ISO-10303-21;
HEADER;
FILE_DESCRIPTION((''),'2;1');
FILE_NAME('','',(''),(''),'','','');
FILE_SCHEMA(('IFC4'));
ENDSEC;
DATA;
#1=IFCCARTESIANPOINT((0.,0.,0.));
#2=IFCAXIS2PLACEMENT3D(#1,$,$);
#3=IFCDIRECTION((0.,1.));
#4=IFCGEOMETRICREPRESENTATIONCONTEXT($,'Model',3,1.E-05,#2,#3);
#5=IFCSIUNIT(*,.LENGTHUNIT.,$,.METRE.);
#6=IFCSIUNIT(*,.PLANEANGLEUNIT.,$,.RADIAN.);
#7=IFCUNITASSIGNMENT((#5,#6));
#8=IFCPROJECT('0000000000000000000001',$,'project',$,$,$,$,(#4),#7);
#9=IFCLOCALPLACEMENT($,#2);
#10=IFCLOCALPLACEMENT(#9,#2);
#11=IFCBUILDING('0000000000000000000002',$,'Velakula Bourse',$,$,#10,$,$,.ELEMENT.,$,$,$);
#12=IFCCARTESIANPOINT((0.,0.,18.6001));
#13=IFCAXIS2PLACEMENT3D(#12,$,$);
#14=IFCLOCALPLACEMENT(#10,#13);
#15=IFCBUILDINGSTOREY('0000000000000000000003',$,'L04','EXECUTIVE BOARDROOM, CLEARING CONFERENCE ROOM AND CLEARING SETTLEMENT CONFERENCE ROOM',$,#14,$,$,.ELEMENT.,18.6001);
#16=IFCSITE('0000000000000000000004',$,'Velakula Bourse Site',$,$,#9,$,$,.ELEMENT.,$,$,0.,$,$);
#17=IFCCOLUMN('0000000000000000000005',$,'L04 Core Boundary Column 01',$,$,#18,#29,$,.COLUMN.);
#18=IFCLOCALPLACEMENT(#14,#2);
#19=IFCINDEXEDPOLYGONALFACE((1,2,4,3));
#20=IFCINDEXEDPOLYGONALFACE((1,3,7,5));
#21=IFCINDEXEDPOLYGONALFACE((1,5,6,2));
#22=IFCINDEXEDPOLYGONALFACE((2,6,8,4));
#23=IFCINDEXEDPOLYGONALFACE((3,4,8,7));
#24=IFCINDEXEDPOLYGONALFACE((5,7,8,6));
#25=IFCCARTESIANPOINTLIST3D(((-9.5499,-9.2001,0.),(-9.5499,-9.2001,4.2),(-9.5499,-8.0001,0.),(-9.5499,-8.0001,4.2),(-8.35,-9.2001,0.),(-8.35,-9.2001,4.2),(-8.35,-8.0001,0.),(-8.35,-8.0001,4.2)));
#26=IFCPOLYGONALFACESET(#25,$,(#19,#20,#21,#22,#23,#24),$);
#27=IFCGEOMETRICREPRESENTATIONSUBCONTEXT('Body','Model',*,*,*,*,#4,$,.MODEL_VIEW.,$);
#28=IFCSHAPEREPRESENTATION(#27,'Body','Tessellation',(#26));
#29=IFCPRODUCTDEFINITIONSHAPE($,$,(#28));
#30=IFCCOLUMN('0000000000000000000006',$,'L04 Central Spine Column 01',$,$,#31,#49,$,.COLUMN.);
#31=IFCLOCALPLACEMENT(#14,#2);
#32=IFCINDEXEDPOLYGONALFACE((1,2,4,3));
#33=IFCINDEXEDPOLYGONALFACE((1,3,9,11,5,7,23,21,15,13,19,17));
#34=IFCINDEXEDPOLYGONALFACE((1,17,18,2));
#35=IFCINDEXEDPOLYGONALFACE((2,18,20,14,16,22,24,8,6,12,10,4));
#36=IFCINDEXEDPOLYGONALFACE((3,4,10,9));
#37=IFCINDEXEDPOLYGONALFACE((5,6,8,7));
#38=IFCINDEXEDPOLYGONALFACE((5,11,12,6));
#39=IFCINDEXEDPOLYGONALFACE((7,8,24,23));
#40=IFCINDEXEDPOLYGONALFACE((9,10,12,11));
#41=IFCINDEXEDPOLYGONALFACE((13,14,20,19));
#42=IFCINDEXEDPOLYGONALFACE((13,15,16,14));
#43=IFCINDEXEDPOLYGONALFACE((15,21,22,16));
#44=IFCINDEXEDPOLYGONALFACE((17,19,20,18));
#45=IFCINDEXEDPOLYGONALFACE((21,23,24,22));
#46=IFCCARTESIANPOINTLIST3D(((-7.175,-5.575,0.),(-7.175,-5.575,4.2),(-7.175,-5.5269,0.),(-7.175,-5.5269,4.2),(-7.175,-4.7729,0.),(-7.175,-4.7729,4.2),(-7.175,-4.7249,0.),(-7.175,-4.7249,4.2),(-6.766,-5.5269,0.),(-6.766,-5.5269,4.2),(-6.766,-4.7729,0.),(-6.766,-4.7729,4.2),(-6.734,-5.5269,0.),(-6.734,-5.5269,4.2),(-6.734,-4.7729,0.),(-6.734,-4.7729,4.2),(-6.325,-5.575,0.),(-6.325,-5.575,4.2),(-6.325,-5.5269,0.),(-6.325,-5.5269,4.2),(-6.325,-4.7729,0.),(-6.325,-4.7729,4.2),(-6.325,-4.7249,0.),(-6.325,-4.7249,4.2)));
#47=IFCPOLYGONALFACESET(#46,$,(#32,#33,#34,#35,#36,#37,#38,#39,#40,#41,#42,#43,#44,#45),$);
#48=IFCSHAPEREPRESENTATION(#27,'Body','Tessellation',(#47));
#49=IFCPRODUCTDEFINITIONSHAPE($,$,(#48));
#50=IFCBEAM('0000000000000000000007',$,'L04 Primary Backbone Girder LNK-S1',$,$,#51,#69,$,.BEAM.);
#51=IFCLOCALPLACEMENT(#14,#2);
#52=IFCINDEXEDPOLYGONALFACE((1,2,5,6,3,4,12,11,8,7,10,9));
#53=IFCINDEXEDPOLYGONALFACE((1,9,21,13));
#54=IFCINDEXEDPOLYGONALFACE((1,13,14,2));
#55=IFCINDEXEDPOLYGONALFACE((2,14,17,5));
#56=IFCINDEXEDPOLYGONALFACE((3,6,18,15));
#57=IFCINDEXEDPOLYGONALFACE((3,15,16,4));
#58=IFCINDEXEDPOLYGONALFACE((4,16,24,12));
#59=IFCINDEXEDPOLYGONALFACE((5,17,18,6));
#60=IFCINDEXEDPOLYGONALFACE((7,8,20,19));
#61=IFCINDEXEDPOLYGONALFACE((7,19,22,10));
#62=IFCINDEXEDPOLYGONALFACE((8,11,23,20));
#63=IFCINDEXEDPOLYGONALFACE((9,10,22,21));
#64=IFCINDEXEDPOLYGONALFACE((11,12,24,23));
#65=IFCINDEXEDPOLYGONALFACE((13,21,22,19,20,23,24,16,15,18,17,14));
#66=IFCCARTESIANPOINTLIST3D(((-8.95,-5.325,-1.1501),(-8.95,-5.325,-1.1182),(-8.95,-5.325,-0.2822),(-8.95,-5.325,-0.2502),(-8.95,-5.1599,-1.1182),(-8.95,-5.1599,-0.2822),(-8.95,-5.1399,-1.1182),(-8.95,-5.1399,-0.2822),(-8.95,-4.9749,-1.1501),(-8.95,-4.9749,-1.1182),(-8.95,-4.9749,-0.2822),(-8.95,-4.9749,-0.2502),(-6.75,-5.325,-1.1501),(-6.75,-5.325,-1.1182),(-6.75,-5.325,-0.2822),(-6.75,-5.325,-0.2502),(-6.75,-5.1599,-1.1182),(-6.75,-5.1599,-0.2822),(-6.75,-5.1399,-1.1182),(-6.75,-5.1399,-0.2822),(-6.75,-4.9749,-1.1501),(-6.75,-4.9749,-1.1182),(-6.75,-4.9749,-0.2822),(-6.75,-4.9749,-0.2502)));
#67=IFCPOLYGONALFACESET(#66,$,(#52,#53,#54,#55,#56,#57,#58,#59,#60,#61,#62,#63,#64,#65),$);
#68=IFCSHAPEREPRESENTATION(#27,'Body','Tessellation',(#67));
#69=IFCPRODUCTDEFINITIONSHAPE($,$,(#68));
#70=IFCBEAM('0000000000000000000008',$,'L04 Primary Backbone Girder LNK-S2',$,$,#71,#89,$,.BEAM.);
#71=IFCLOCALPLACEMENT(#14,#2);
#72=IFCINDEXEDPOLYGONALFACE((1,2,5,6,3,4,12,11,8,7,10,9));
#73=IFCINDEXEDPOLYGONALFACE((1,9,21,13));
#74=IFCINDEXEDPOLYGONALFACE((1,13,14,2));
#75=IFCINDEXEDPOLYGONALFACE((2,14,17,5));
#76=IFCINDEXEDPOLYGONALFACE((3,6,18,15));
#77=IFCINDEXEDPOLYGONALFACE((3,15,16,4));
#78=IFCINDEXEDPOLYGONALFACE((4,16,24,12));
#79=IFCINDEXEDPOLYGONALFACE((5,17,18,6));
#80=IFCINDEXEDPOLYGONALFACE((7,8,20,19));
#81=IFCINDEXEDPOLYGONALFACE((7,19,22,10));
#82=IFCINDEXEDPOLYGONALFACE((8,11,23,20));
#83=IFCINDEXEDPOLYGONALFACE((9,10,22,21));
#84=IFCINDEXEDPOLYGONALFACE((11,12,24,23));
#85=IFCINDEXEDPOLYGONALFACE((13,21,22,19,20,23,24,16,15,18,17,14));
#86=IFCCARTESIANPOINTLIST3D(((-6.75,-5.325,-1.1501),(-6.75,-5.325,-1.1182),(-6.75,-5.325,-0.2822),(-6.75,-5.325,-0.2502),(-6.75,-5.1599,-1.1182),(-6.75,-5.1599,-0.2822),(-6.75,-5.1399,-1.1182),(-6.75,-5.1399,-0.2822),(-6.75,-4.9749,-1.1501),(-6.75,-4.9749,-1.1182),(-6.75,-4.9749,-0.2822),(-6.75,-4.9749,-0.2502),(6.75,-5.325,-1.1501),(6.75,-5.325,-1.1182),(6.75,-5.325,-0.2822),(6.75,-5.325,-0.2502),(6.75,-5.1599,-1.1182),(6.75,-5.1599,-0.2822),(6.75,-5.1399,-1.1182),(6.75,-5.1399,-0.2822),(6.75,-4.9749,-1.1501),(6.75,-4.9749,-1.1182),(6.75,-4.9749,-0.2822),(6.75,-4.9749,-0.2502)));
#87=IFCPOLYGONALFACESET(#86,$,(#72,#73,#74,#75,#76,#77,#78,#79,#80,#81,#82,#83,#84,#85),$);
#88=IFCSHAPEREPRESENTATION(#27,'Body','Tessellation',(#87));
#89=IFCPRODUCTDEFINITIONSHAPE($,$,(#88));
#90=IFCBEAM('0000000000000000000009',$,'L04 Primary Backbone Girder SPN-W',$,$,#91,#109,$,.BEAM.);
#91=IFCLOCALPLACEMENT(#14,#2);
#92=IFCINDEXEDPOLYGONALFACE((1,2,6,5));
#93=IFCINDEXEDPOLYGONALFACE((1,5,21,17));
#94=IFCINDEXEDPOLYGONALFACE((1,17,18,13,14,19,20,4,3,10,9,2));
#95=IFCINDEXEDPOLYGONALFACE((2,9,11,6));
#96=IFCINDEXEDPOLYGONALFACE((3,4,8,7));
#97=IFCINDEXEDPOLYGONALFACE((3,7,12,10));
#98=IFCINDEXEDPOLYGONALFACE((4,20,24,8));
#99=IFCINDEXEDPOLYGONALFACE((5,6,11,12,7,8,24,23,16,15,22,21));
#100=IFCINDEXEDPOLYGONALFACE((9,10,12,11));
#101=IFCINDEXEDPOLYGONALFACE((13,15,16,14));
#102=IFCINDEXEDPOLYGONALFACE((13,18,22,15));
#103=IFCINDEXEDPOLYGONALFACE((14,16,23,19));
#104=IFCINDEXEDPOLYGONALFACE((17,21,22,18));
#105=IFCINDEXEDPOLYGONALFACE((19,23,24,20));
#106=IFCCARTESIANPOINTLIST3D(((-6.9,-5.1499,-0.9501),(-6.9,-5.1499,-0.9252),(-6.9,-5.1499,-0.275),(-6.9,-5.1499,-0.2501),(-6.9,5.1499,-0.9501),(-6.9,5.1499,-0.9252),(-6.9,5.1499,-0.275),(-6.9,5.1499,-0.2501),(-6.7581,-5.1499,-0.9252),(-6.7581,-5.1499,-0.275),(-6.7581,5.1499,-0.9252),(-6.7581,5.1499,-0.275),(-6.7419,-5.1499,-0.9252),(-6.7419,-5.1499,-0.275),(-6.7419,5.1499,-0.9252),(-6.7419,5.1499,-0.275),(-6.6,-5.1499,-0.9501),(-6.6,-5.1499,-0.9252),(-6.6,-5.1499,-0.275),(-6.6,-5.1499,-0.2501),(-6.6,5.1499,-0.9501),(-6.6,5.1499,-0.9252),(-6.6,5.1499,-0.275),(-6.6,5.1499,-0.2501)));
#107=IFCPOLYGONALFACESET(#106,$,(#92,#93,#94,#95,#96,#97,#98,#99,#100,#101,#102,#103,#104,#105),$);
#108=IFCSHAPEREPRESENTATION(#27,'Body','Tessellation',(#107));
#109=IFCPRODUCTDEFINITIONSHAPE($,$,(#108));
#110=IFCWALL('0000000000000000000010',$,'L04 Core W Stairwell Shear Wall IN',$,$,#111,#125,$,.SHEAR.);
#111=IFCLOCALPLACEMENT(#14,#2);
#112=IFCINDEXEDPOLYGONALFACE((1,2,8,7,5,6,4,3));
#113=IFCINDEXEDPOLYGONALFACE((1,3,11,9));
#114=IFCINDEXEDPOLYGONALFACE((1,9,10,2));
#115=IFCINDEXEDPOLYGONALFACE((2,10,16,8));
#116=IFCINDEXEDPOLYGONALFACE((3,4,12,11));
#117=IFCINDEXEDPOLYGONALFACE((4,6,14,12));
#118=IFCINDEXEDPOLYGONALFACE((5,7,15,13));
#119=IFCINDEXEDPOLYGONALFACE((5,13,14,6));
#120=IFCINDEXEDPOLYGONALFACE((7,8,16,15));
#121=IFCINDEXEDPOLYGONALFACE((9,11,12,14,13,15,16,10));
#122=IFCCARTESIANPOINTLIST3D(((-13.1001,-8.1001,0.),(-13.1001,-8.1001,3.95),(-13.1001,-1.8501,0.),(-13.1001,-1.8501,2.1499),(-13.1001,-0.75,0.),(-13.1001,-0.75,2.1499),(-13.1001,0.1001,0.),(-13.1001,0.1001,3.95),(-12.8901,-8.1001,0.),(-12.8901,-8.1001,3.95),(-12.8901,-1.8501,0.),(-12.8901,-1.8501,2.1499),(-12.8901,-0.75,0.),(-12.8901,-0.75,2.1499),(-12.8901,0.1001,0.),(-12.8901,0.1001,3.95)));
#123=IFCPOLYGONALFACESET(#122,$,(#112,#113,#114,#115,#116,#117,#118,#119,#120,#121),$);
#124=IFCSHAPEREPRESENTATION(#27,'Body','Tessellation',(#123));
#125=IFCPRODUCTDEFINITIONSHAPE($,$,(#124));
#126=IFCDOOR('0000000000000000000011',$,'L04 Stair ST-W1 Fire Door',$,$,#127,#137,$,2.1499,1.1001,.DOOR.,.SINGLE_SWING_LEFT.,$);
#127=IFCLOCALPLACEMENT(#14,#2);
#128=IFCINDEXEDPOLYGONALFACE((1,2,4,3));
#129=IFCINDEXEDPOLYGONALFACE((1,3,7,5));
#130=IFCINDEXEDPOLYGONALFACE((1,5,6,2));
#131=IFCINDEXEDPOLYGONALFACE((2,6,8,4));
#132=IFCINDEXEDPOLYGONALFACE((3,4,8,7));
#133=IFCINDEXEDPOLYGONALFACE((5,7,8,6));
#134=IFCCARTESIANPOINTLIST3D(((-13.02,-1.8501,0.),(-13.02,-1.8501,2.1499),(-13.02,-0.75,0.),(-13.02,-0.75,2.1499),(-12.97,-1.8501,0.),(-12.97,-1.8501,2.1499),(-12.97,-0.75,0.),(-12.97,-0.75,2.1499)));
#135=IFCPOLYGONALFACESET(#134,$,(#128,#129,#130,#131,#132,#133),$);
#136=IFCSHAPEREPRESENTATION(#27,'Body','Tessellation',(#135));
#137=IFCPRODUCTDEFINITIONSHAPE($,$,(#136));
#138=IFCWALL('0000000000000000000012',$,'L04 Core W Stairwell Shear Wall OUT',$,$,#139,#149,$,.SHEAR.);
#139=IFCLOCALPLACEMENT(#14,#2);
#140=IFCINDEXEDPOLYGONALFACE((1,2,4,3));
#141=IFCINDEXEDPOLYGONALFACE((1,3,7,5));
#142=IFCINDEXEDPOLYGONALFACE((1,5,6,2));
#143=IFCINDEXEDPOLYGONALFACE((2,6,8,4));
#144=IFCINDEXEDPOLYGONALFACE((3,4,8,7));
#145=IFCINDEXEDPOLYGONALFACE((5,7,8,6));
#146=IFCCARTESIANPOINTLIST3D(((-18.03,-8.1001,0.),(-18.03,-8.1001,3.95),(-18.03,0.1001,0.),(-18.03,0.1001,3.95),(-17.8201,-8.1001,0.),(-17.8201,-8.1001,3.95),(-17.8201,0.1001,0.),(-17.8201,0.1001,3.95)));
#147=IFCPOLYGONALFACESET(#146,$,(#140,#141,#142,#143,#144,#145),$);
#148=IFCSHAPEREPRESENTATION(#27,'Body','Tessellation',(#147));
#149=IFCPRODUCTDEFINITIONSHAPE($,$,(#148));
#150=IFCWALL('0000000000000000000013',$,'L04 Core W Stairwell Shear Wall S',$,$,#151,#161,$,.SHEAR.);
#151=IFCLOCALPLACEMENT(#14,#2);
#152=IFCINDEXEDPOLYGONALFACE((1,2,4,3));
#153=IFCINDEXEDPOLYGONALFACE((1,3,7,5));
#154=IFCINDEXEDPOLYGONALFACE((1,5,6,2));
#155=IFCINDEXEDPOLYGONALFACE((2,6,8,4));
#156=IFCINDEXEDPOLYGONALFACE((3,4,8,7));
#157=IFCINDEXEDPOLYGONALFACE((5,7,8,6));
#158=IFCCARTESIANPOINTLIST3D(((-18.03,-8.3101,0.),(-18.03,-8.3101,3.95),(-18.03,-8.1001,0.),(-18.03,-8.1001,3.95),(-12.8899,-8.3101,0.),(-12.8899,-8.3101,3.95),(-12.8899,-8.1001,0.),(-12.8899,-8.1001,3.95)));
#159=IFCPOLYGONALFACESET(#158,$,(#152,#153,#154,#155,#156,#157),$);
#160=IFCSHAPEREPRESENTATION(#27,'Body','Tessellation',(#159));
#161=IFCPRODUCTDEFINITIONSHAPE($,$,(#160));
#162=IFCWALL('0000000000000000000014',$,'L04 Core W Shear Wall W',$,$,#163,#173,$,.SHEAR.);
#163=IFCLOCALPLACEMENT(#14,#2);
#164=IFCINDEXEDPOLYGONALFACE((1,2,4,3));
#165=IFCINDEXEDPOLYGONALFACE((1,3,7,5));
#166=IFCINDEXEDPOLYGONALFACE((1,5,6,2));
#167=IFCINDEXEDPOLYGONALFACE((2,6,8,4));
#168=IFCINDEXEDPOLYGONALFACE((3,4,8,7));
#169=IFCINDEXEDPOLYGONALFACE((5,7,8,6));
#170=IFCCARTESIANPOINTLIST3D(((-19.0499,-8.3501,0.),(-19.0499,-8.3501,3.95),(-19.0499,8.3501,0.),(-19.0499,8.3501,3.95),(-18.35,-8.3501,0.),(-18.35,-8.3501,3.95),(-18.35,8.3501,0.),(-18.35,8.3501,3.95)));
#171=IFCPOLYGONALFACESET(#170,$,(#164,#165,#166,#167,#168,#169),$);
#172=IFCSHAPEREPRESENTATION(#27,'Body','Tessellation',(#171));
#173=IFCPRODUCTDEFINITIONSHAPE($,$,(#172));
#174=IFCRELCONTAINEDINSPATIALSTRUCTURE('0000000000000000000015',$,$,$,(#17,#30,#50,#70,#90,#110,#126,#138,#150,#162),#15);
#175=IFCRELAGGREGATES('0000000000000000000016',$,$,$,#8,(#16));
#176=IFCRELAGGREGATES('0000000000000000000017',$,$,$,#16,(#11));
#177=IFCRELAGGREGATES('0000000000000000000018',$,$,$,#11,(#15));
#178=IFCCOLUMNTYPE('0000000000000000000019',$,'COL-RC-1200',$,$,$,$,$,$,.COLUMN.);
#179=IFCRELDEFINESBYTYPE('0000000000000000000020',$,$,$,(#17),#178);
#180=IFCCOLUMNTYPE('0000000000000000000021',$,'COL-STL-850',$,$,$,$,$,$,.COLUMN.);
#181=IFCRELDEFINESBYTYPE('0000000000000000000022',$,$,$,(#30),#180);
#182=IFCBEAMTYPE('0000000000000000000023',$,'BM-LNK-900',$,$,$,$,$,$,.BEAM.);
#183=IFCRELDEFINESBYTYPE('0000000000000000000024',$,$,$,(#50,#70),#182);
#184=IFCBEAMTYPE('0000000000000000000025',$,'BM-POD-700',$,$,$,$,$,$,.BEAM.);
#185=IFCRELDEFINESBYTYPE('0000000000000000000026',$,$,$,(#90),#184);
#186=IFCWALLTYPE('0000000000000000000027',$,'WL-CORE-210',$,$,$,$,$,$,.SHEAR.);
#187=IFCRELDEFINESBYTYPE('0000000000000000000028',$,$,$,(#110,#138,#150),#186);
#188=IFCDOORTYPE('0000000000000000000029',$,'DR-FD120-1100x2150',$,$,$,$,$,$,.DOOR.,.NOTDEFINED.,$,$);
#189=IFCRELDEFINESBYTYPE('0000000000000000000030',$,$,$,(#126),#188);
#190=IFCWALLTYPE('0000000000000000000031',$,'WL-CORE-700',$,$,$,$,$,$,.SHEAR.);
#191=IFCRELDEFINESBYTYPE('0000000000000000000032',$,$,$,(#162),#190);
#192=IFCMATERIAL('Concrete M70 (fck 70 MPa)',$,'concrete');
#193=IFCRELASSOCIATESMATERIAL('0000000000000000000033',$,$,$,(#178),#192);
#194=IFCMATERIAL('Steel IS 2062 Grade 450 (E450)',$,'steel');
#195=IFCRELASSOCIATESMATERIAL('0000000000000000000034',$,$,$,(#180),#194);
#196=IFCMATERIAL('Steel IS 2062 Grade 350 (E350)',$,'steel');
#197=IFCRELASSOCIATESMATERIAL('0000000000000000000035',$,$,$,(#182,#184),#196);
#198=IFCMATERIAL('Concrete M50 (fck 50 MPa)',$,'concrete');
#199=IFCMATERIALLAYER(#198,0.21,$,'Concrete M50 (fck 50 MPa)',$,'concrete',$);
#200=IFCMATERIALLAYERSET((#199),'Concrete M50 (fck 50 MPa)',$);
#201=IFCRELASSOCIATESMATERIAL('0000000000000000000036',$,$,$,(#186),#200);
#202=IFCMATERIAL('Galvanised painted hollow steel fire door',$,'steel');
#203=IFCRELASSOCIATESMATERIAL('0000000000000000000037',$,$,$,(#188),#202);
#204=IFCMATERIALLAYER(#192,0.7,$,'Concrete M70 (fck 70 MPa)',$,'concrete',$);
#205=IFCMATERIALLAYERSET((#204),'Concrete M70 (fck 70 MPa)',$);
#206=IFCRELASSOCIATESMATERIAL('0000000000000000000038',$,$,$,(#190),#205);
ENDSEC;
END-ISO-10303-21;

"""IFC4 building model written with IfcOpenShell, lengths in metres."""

from ifc_helpers import new_model, si_unit, direction, frame, frame_2d, origin, origin_2d, place, context, subcontext, project, spatial, rectangle, i_section, extrude, material, layer, layer_set, material_profile, profile_set, type_object, element, fill, save


model = new_model("IFC4")

# Units and contexts
model_context = context("Model", 3, precision=1e-05, world=origin(), true_north=direction((0.0, 1.0)))
body_context = subcontext(model_context, "Body", "Model", "MODEL_VIEW")
ifc_project = project(units=[si_unit("LENGTHUNIT", "METRE"), si_unit("PLANEANGLEUNIT", "RADIAN")], contexts=[model_context])

# Site, building, storey
site_placement = place(None, origin())
site = spatial("IfcSite", under=ifc_project, at=site_placement, Name="Velakula Bourse Site", CompositionType="ELEMENT", RefElevation=0.0)
building_placement = place(site_placement, origin())
building = spatial("IfcBuilding", under=site, at=building_placement, Name="Velakula Bourse", CompositionType="ELEMENT")
storey_placement = place(building_placement, frame((0.0, 0.0, 18.6001)))
storey = spatial("IfcBuildingStorey", under=building, at=storey_placement, Name="L04", Description="EXECUTIVE BOARDROOM, CLEARING CONFERENCE ROOM AND CLEARING SETTLEMENT CONFERENCE ROOM", CompositionType="ELEMENT", Elevation=18.6001)

# Columns
ifc_material_1 = material(Name="Concrete M70 (fck 70 MPa)", Category="concrete")
ifc_material_profile_1 = material_profile(ifc_material_1, rectangle(XDim=1.2, YDim=1.2, at=origin_2d()), Name="Concrete M70 (fck 70 MPa)")
ifc_profile_set_1 = profile_set([ifc_material_profile_1], Name="Concrete M70 (fck 70 MPa)")
column_type_1 = type_object("IfcColumnType", Name="COL-RC-1200", PredefinedType="COLUMN", material=ifc_profile_set_1)
column_1_placement = place(storey_placement, frame((-8.95, -8.6001, 0.0), z_axis=(0.0, 0.0, 1.0), x_axis=(1.0, 0.0, 0.0)))
element("IfcColumn", 1, at=column_1_placement, inside=storey, type_object=column_type_1, Name="L04 Core Boundary Column 01", PredefinedType="COLUMN", context=body_context, shape_type="SweptSolid", body=[
    extrude(rectangle(XDim=1.2, YDim=1.2, at=origin_2d()), origin(), (0.0, 0.0, 1.0), 4.2),
])
ifc_material_2 = material(Name="Steel IS 2062 Grade 450 (E450)", Category="steel")
ifc_material_profile_2 = material_profile(ifc_material_2, i_section(OverallWidth=0.8501, OverallDepth=0.8501, WebThickness=0.032, FlangeThickness=0.0481, at=origin_2d()), Name="Steel IS 2062 Grade 450 (E450)")
ifc_profile_set_2 = profile_set([ifc_material_profile_2], Name="Steel IS 2062 Grade 450 (E450)")
column_type_2 = type_object("IfcColumnType", Name="COL-STL-850", PredefinedType="COLUMN", material=ifc_profile_set_2)
column_2_placement = place(storey_placement, frame((-6.75, -5.1499, 0.0), z_axis=(0.0, 0.0, 1.0), x_axis=(1.0, 0.0, 0.0)))
element("IfcColumn", 2, at=column_2_placement, inside=storey, type_object=column_type_2, Name="L04 Central Spine Column 01", PredefinedType="COLUMN", context=body_context, shape_type="SweptSolid", body=[
    extrude(i_section(OverallWidth=0.8501, OverallDepth=0.8501, WebThickness=0.032, FlangeThickness=0.0481, at=origin_2d()), origin(), (0.0, 0.0, 1.0), 4.2),
])

# Beams
ifc_material_3 = material(Name="Steel IS 2062 Grade 350 (E350)", Category="steel")
ifc_material_profile_3 = material_profile(ifc_material_3, i_section(OverallWidth=0.3501, OverallDepth=0.8999, WebThickness=0.02, FlangeThickness=0.032, at=origin_2d()), Name="Steel IS 2062 Grade 350 (E350)")
ifc_profile_set_3 = profile_set([ifc_material_profile_3], Name="Steel IS 2062 Grade 350 (E350)")
beam_type_1 = type_object("IfcBeamType", Name="BM-LNK-900", PredefinedType="BEAM", material=ifc_profile_set_3)
beam_1_placement = place(storey_placement, frame((-8.95, -5.1499, -0.7002), z_axis=(1.0, 0.0, 0.0), x_axis=(0.0, 1.0, 0.0)))
element("IfcBeam", 3, at=beam_1_placement, inside=storey, type_object=beam_type_1, Name="L04 Primary Backbone Girder LNK-S1", PredefinedType="BEAM", context=body_context, shape_type="SweptSolid", body=[
    extrude(i_section(OverallWidth=0.3501, OverallDepth=0.8999, WebThickness=0.02, FlangeThickness=0.032, at=origin_2d()), origin(), (0.0, 0.0, 1.0), 2.2),
])
beam_2_placement = place(storey_placement, frame((-6.75, -5.1499, -0.7002), z_axis=(1.0, 0.0, 0.0), x_axis=(0.0, 1.0, 0.0)))
element("IfcBeam", 4, at=beam_2_placement, inside=storey, type_object=beam_type_1, Name="L04 Primary Backbone Girder LNK-S2", PredefinedType="BEAM", context=body_context, shape_type="SweptSolid", body=[
    extrude(i_section(OverallWidth=0.3501, OverallDepth=0.8999, WebThickness=0.02, FlangeThickness=0.032, at=origin_2d()), origin(), (0.0, 0.0, 1.0), 13.5),
])
ifc_material_profile_4 = material_profile(ifc_material_3, i_section(OverallWidth=0.3, OverallDepth=0.7, WebThickness=0.0161, FlangeThickness=0.0249, at=origin_2d()), Name="Steel IS 2062 Grade 350 (E350)")
ifc_profile_set_4 = profile_set([ifc_material_profile_4], Name="Steel IS 2062 Grade 350 (E350)")
beam_type_2 = type_object("IfcBeamType", Name="BM-POD-700", PredefinedType="BEAM", material=ifc_profile_set_4)
beam_3_placement = place(storey_placement, frame((-6.75, -5.1499, -0.6001), z_axis=(0.0, 1.0, 0.0), x_axis=(-1.0, 0.0, 0.0)))
element("IfcBeam", 5, at=beam_3_placement, inside=storey, type_object=beam_type_2, Name="L04 Primary Backbone Girder SPN-W", PredefinedType="BEAM", context=body_context, shape_type="SweptSolid", body=[
    extrude(i_section(OverallWidth=0.3, OverallDepth=0.7, WebThickness=0.0161, FlangeThickness=0.0249, at=origin_2d()), origin(), (0.0, 0.0, 1.0), 10.2998),
])

# Wall, opening, door
ifc_material_4 = material(Name="Concrete M50 (fck 50 MPa)", Category="concrete")
ifc_layer_1 = layer(ifc_material_4, 0.21, Name="Concrete M50 (fck 50 MPa)", Category="concrete")
ifc_layer_set_1 = layer_set([ifc_layer_1], Name="Concrete M50 (fck 50 MPa)")
wall_type_1 = type_object("IfcWallType", Name="WL-CORE-210", PredefinedType="SHEAR", material=ifc_layer_set_1)
wall_1_placement = place(storey_placement, frame((-12.9951, -8.1001, 0.0), z_axis=(0.0, 0.0, 1.0), x_axis=(0.0, 1.0, 0.0)))
wall_1 = element("IfcWall", 6, at=wall_1_placement, inside=storey, type_object=wall_type_1, Name="L04 Core W Stairwell Shear Wall IN", PredefinedType="SHEAR", context=body_context, shape_type="SweptSolid", body=[
    extrude(rectangle(XDim=8.2002, YDim=0.21, at=frame_2d((4.1001, 0.0))), origin(), (0.0, 0.0, 1.0), 3.95),
])
opening_1_placement = place(wall_1_placement, frame((6.25, 0.0, 0.0)))
opening_1 = element("IfcOpeningElement", 7, at=opening_1_placement, cuts=wall_1, PredefinedType="OPENING", context=body_context, shape_type="SweptSolid", body=[
    extrude(rectangle(XDim=1.1001, YDim=2.1499, at=frame_2d((0.55, 1.075))), frame((0.0, 0.115, 0.0), z_axis=(0.0, -1.0, 0.0), x_axis=(1.0, 0.0, 0.0)), (0.0, 0.0, 1.0), 0.23),
])
ifc_material_5 = material(Name="Galvanised painted hollow steel fire door", Category="steel")
door_type_1 = type_object("IfcDoorType", Name="DR-FD120-1100x2150", OperationType="NOTDEFINED", PredefinedType="DOOR", material=ifc_material_5)
door_1_placement = place(opening_1_placement, origin())
door_1 = element("IfcDoor", 8, at=door_1_placement, inside=storey, type_object=door_type_1, Name="L04 Stair ST-W1 Fire Door", OperationType="SINGLE_SWING_LEFT", OverallHeight=2.1499, OverallWidth=1.1001, PredefinedType="DOOR", context=body_context, shape_type="SweptSolid", body=[
    extrude(rectangle(XDim=1.1001, YDim=2.1499, at=frame_2d((0.55, 1.075))), frame((0.0, 0.0249, 0.0), z_axis=(0.0, -1.0, 0.0), x_axis=(1.0, 0.0, 0.0)), (0.0, 0.0, 1.0), 0.05),
])
fill(opening_1, door_1)

# Walls
wall_2_placement = place(storey_placement, frame((-17.925, -8.1001, 0.0), z_axis=(0.0, 0.0, 1.0), x_axis=(0.0, 1.0, 0.0)))
element("IfcWall", 9, at=wall_2_placement, inside=storey, type_object=wall_type_1, Name="L04 Core W Stairwell Shear Wall OUT", PredefinedType="SHEAR", context=body_context, shape_type="SweptSolid", body=[
    extrude(rectangle(XDim=8.2002, YDim=0.21, at=frame_2d((4.1001, 0.0))), origin(), (0.0, 0.0, 1.0), 3.95),
])
wall_3_placement = place(storey_placement, frame((-18.03, -8.2051, 0.0), z_axis=(0.0, 0.0, 1.0), x_axis=(1.0, 0.0, 0.0)))
element("IfcWall", 10, at=wall_3_placement, inside=storey, type_object=wall_type_1, Name="L04 Core W Stairwell Shear Wall S", PredefinedType="SHEAR", context=body_context, shape_type="SweptSolid", body=[
    extrude(rectangle(XDim=5.1401, YDim=0.21, at=frame_2d((2.5701, 0.0))), origin(), (0.0, 0.0, 1.0), 3.95),
])
ifc_layer_2 = layer(ifc_material_1, 0.7, Name="Concrete M70 (fck 70 MPa)", Category="concrete")
ifc_layer_set_2 = layer_set([ifc_layer_2], Name="Concrete M70 (fck 70 MPa)")
wall_type_2 = type_object("IfcWallType", Name="WL-CORE-700", PredefinedType="SHEAR", material=ifc_layer_set_2)
wall_4_placement = place(storey_placement, frame((-18.7, -8.3501, 0.0), z_axis=(0.0, 0.0, 1.0), x_axis=(0.0, 1.0, 0.0)))
element("IfcWall", 11, at=wall_4_placement, inside=storey, type_object=wall_type_2, Name="L04 Core W Shear Wall W", PredefinedType="SHEAR", context=body_context, shape_type="SweptSolid", body=[
    extrude(rectangle(XDim=16.7002, YDim=0.7, at=frame_2d((8.3501, 0.0))), origin(), (0.0, 0.0, 1.0), 3.95),
])

save(model, "model.ifc")
